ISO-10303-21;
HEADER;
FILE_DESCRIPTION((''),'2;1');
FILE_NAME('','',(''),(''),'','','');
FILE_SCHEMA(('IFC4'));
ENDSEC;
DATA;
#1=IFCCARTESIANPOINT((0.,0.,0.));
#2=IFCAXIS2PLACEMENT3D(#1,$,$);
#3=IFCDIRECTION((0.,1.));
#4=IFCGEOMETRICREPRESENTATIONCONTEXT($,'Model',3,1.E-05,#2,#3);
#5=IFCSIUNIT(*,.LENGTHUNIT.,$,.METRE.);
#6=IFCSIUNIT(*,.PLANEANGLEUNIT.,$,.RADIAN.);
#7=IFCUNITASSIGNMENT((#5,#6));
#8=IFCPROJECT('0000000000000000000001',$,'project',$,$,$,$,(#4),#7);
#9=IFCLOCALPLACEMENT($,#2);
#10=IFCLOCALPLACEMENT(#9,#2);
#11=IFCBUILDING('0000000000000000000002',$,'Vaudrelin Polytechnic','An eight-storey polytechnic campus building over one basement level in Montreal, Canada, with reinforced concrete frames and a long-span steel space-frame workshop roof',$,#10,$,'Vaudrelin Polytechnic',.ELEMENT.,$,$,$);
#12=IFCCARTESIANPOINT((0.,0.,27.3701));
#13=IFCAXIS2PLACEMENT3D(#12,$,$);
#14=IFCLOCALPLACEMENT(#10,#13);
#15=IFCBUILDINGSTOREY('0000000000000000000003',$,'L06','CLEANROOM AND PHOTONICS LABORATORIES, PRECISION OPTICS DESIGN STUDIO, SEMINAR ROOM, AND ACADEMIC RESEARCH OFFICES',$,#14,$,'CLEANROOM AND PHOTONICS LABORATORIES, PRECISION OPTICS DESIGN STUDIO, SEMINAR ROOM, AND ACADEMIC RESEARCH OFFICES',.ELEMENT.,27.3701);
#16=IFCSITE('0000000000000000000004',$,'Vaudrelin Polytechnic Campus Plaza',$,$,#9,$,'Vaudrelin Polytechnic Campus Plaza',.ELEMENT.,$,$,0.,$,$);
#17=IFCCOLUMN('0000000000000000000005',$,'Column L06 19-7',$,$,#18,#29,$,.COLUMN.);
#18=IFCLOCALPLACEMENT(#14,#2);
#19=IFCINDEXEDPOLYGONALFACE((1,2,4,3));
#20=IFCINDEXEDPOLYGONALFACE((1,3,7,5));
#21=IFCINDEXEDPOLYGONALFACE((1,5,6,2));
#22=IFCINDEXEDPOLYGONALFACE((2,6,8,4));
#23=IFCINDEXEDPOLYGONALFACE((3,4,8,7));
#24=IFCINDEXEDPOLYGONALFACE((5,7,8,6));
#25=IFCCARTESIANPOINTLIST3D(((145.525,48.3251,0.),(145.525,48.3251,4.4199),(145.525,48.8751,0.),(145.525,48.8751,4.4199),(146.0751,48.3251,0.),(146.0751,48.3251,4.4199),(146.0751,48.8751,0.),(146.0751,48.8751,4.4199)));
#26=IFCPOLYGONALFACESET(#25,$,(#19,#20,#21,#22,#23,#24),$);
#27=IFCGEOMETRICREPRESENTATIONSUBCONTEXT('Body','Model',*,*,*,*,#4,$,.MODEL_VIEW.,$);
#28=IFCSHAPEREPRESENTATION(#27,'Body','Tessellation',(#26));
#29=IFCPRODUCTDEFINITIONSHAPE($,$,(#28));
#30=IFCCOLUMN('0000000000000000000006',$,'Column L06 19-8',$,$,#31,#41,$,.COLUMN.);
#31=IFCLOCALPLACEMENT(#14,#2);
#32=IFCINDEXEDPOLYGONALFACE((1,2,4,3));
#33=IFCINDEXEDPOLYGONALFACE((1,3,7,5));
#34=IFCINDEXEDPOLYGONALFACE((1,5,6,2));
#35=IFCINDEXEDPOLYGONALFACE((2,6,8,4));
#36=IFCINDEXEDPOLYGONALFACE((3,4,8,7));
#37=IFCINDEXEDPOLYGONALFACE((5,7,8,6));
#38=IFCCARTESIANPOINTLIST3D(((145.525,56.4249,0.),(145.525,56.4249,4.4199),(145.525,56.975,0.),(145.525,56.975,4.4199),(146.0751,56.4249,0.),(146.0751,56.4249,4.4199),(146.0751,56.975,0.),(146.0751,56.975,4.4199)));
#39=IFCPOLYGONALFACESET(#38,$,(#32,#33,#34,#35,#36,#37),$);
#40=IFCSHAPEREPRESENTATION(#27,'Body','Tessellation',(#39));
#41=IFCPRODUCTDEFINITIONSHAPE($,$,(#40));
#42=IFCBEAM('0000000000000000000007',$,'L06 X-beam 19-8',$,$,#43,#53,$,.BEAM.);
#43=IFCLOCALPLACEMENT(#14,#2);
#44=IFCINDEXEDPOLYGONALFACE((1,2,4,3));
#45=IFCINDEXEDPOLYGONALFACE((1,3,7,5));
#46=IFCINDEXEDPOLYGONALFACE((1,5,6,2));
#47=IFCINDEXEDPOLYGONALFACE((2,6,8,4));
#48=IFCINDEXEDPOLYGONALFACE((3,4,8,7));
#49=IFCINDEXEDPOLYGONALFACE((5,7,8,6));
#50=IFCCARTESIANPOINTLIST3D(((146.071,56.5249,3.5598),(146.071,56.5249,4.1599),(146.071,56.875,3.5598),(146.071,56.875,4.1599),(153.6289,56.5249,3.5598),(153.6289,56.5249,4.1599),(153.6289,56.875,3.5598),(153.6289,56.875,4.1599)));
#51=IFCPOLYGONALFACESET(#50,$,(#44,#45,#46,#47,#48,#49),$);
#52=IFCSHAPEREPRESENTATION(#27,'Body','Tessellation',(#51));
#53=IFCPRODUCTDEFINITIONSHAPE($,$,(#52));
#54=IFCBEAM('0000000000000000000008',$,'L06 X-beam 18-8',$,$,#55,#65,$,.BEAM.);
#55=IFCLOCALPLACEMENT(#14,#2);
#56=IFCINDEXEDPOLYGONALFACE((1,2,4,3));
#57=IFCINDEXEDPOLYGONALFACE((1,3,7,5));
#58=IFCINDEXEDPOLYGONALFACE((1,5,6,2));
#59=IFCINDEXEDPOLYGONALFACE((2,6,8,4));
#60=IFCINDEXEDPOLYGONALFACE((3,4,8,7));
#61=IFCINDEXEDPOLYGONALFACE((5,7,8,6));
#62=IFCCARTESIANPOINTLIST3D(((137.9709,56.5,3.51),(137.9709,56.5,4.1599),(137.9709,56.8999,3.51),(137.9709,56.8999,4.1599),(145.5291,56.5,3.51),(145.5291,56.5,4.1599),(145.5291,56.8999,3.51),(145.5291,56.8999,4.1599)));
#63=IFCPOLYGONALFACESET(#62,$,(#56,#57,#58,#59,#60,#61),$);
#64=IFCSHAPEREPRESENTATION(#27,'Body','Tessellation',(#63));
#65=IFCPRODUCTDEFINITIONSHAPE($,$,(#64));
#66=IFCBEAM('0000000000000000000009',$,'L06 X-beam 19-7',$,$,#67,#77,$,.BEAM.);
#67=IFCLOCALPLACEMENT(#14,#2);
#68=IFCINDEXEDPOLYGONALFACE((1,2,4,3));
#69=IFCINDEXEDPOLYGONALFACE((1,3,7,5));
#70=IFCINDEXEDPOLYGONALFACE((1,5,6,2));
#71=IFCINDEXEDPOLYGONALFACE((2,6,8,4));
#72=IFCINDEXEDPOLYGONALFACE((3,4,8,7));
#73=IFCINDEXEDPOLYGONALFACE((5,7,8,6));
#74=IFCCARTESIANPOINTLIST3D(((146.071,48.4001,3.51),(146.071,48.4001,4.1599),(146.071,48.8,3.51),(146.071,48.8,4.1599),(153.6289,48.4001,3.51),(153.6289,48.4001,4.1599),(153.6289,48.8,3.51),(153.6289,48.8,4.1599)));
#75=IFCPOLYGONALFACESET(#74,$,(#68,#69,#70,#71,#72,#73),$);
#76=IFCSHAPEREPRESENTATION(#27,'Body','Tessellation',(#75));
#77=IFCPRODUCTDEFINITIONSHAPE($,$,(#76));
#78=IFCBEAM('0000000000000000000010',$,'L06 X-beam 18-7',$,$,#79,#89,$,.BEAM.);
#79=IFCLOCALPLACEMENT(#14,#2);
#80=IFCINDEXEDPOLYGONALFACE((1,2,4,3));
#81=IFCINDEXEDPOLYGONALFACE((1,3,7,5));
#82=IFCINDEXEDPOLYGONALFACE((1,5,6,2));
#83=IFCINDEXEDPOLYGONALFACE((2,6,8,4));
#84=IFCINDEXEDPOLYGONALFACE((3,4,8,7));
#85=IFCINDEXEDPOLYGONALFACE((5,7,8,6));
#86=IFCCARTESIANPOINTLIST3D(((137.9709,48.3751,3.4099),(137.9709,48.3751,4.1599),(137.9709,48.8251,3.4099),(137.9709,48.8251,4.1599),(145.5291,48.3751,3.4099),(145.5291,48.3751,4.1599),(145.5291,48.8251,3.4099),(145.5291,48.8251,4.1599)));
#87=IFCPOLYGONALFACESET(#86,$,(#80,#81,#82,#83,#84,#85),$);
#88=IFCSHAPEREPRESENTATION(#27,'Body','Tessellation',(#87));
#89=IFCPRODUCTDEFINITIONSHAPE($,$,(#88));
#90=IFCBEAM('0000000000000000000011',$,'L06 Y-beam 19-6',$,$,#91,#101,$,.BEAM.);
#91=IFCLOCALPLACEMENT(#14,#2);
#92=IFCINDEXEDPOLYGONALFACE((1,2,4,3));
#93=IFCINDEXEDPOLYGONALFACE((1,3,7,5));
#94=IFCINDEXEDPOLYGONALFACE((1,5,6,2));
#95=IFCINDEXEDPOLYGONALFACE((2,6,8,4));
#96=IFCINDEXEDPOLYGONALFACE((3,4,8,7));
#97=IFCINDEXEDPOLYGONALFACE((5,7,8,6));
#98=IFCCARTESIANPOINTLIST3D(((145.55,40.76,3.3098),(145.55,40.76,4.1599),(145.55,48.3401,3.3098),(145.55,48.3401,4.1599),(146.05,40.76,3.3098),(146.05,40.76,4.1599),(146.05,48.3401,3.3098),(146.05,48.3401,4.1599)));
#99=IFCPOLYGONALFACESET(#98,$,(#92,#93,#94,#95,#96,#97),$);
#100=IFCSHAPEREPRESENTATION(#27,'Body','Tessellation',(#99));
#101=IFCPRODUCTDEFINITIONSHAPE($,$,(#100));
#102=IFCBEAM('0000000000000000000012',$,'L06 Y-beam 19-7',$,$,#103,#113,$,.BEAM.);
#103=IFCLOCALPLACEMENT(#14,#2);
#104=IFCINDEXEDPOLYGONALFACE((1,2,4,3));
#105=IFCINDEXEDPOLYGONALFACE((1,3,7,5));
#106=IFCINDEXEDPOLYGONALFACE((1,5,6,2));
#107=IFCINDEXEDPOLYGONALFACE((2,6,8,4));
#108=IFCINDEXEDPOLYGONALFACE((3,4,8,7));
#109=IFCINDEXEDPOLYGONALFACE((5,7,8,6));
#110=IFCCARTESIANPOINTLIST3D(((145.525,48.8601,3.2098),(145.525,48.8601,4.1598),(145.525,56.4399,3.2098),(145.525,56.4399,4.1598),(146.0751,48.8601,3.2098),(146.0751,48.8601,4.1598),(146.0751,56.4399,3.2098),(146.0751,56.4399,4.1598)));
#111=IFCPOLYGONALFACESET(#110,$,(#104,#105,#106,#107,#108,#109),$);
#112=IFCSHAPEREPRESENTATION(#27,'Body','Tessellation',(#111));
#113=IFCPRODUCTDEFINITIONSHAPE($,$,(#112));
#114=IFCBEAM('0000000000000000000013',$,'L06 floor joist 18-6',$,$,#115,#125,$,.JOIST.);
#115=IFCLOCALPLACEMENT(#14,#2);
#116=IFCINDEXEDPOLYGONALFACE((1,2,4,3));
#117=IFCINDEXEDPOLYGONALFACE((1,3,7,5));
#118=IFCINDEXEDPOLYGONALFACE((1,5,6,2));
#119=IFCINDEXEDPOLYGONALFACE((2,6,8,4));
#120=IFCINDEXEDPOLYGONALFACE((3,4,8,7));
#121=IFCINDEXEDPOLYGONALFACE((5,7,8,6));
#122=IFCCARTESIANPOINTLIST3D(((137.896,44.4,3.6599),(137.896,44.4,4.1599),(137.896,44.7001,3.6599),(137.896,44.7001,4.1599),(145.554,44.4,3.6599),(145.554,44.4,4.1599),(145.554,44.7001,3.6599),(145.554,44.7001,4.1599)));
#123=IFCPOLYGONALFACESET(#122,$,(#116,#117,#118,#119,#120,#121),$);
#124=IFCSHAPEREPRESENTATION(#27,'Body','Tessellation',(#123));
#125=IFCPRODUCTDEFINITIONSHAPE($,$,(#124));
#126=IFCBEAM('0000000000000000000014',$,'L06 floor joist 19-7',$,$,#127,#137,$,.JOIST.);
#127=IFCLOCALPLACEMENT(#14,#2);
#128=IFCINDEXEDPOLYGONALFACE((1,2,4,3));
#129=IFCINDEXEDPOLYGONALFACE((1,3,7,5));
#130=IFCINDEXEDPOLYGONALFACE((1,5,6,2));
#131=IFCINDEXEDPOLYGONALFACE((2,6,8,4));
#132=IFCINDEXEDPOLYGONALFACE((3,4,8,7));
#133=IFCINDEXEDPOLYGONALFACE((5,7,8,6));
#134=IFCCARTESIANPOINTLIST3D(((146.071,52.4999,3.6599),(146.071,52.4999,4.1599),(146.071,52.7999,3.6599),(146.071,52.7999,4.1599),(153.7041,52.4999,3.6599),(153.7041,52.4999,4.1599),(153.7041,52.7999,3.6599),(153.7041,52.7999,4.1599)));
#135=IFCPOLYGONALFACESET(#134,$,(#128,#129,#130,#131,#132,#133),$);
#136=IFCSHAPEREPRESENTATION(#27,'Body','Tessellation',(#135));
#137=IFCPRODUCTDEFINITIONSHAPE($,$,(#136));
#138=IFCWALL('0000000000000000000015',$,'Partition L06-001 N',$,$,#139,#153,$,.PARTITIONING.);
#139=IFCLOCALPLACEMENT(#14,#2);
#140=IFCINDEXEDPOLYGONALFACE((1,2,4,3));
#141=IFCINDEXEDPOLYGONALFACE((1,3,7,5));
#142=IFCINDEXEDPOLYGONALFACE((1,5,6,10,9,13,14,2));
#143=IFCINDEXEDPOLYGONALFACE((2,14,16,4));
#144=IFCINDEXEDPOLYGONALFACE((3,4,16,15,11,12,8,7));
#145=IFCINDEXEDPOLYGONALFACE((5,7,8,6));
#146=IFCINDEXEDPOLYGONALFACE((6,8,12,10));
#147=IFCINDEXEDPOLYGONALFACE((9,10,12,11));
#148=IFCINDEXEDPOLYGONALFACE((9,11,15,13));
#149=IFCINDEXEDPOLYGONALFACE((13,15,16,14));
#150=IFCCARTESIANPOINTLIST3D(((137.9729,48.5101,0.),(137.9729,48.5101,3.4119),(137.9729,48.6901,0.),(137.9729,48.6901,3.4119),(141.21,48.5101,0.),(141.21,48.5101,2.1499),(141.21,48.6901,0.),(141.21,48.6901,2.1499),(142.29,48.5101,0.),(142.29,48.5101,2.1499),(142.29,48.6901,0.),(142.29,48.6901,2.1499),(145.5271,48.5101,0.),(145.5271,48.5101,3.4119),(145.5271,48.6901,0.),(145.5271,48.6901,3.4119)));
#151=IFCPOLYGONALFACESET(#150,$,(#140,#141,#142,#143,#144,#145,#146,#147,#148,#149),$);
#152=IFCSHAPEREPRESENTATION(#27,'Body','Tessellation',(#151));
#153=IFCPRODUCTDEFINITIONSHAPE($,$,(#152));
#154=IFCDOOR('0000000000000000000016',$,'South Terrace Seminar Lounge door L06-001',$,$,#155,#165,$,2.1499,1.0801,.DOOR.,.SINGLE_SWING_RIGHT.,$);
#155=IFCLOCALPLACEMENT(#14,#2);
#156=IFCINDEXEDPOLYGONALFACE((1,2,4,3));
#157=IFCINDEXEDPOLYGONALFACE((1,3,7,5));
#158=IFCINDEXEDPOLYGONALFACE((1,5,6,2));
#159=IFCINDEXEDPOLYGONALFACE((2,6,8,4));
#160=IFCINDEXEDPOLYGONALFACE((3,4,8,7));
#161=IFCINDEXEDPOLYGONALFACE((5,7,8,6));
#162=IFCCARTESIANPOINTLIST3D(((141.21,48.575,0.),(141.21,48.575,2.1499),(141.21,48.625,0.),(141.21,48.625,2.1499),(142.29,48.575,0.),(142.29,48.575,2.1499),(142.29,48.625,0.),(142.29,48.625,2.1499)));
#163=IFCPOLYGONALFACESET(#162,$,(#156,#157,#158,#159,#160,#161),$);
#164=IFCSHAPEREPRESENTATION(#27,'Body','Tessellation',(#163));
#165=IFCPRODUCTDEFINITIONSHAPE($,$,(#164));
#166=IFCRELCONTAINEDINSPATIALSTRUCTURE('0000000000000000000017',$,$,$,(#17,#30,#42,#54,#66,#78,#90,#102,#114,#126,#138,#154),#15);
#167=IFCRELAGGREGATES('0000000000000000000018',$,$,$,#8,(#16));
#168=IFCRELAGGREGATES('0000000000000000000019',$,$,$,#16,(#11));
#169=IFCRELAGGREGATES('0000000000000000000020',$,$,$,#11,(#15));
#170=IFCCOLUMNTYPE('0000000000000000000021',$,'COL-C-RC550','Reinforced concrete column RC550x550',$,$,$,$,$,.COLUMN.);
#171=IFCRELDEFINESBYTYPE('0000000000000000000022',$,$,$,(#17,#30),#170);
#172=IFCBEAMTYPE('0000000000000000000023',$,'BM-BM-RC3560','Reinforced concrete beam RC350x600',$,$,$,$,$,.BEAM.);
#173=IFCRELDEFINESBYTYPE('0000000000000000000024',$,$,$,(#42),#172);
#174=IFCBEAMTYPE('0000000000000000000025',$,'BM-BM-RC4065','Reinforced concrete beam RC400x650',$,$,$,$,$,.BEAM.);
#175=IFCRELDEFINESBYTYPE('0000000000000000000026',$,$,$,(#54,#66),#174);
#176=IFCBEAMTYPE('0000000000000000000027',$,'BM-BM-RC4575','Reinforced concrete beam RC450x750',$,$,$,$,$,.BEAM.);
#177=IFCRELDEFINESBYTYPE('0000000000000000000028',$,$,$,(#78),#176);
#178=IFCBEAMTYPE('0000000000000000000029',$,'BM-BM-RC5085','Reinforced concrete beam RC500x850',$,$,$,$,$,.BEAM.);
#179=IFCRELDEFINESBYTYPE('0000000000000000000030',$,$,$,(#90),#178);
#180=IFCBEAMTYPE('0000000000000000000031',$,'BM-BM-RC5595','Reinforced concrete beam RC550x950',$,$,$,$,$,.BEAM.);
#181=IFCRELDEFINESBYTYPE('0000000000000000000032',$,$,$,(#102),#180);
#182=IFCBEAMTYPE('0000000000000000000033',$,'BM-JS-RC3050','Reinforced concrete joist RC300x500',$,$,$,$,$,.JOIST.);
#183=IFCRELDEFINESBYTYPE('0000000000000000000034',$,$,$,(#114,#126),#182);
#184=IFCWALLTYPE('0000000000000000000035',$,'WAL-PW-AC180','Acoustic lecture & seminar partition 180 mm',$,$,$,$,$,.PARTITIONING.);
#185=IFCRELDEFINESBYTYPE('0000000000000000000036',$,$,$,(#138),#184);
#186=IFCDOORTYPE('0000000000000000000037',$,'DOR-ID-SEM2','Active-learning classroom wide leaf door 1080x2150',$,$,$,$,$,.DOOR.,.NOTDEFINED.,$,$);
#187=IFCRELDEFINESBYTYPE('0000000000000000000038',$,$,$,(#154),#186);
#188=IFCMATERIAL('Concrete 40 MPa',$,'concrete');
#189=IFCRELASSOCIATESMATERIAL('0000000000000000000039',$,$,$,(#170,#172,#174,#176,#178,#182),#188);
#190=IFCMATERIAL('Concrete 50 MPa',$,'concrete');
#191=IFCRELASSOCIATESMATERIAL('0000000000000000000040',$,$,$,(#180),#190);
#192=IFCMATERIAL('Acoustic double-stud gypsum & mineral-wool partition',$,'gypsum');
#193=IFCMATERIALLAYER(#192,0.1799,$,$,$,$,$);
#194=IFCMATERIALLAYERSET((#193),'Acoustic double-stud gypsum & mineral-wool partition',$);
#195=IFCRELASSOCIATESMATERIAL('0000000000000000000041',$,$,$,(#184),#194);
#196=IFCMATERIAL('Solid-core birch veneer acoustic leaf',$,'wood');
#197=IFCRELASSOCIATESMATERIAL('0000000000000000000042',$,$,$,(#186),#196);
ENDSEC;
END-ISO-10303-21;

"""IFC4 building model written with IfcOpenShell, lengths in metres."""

from ifc_helpers import new_model, si_unit, direction, frame, frame_2d, origin, origin_2d, place, context, subcontext, project, spatial, rectangle, extrude, material, layer, layer_set, material_profile, profile_set, type_object, element, fill, save


model = new_model("IFC4")

# Units and contexts
model_context = context("Model", 3, precision=1e-05, world=origin(), true_north=direction((0.0, 1.0)))
body_context = subcontext(model_context, "Body", "Model", "MODEL_VIEW")
ifc_project = project(units=[si_unit("LENGTHUNIT", "METRE"), si_unit("PLANEANGLEUNIT", "RADIAN")], contexts=[model_context])

# Site, building, storey
site_placement = place(None, origin())
site = spatial("IfcSite", under=ifc_project, at=site_placement, Name="Vaudrelin Polytechnic Campus Plaza", LongName="Vaudrelin Polytechnic Campus Plaza", CompositionType="ELEMENT", RefElevation=0.0)
building_placement = place(site_placement, origin())
building = spatial("IfcBuilding", under=site, at=building_placement, Name="Vaudrelin Polytechnic", Description="An eight-storey polytechnic campus building over one basement level in Montreal, Canada, with reinforced concrete frames and a long-span steel space-frame workshop roof", LongName="Vaudrelin Polytechnic", CompositionType="ELEMENT")
storey_placement = place(building_placement, frame((0.0, 0.0, 27.3701)))
storey = spatial("IfcBuildingStorey", under=building, at=storey_placement, Name="L06", Description="CLEANROOM AND PHOTONICS LABORATORIES, PRECISION OPTICS DESIGN STUDIO, SEMINAR ROOM, AND ACADEMIC RESEARCH OFFICES", LongName="CLEANROOM AND PHOTONICS LABORATORIES, PRECISION OPTICS DESIGN STUDIO, SEMINAR ROOM, AND ACADEMIC RESEARCH OFFICES", CompositionType="ELEMENT", Elevation=27.3701)

# Columns
ifc_material_1 = material(Name="Concrete 40 MPa", Category="concrete")
ifc_material_profile_1 = material_profile(ifc_material_1, rectangle(XDim=0.55, YDim=0.55, at=origin_2d()), Name="RC550x550")
ifc_profile_set_1 = profile_set([ifc_material_profile_1], Name="Concrete 40 MPa")
column_type = type_object("IfcColumnType", Name="COL-C-RC550", Description="Reinforced concrete column RC550x550", PredefinedType="COLUMN", material=ifc_profile_set_1)
for number, where, z_axis, x_axis, name in (
    (1, (145.8, 48.6001, 0.0), (0.0, 0.0, 1.0), (1.0, 0.0, 0.0), "Column L06 19-7"),
    (2, (145.8, 56.7, 0.0), (0.0, 0.0, 1.0), (1.0, 0.0, 0.0), "Column L06 19-8"),
):
    element("IfcColumn", number, at=place(storey_placement, frame(where, z_axis=z_axis, x_axis=x_axis)), inside=storey, type_object=column_type, Name=name, PredefinedType="COLUMN", context=body_context, shape_type="SweptSolid", body=[
        extrude(rectangle(XDim=0.55, YDim=0.55, at=origin_2d()), origin(), (0.0, 0.0, 1.0), 4.4199),
    ])

# Beams
ifc_material_profile_2 = material_profile(ifc_material_1, rectangle(XDim=0.3501, YDim=0.6001, at=origin_2d()), Name="RC350x600")
ifc_profile_set_2 = profile_set([ifc_material_profile_2], Name="Concrete 40 MPa")
beam_type_1 = type_object("IfcBeamType", Name="BM-BM-RC3560", Description="Reinforced concrete beam RC350x600", PredefinedType="BEAM", material=ifc_profile_set_2)
beam_1_placement = place(storey_placement, frame((146.071, 56.7, 3.8599), z_axis=(1.0, 0.0, 0.0), x_axis=(0.0, 1.0, 0.0)))
element("IfcBeam", 3, at=beam_1_placement, inside=storey, type_object=beam_type_1, Name="L06 X-beam 19-8", PredefinedType="BEAM", context=body_context, shape_type="SweptSolid", body=[
    extrude(rectangle(XDim=0.3501, YDim=0.6001, at=origin_2d()), origin(), (0.0, 0.0, 1.0), 7.5579),
])
ifc_material_profile_3 = material_profile(ifc_material_1, rectangle(XDim=0.3999, YDim=0.6499, at=origin_2d()), Name="RC400x650")
ifc_profile_set_3 = profile_set([ifc_material_profile_3], Name="Concrete 40 MPa")
beam_type_2 = type_object("IfcBeamType", Name="BM-BM-RC4065", Description="Reinforced concrete beam RC400x650", PredefinedType="BEAM", material=ifc_profile_set_3)
beam_2_placement = place(storey_placement, frame((137.9709, 56.7, 3.835), z_axis=(1.0, 0.0, 0.0), x_axis=(0.0, 1.0, 0.0)))
element("IfcBeam", 4, at=beam_2_placement, inside=storey, type_object=beam_type_2, Name="L06 X-beam 18-8", PredefinedType="BEAM", context=body_context, shape_type="SweptSolid", body=[
    extrude(rectangle(XDim=0.3999, YDim=0.6499, at=origin_2d()), origin(), (0.0, 0.0, 1.0), 7.5581),
])
beam_3_placement = place(storey_placement, frame((146.071, 48.6001, 3.835), z_axis=(1.0, 0.0, 0.0), x_axis=(0.0, 1.0, 0.0)))
element("IfcBeam", 5, at=beam_3_placement, inside=storey, type_object=beam_type_2, Name="L06 X-beam 19-7", PredefinedType="BEAM", context=body_context, shape_type="SweptSolid", body=[
    extrude(rectangle(XDim=0.3999, YDim=0.6499, at=origin_2d()), origin(), (0.0, 0.0, 1.0), 7.5579),
])
ifc_material_profile_4 = material_profile(ifc_material_1, rectangle(XDim=0.45, YDim=0.75, at=origin_2d()), Name="RC450x750")
ifc_profile_set_4 = profile_set([ifc_material_profile_4], Name="Concrete 40 MPa")
beam_type_3 = type_object("IfcBeamType", Name="BM-BM-RC4575", Description="Reinforced concrete beam RC450x750", PredefinedType="BEAM", material=ifc_profile_set_4)
beam_4_placement = place(storey_placement, frame((137.9709, 48.6001, 3.7849), z_axis=(1.0, 0.0, 0.0), x_axis=(0.0, 1.0, 0.0)))
element("IfcBeam", 6, at=beam_4_placement, inside=storey, type_object=beam_type_3, Name="L06 X-beam 18-7", PredefinedType="BEAM", context=body_context, shape_type="SweptSolid", body=[
    extrude(rectangle(XDim=0.45, YDim=0.75, at=origin_2d()), origin(), (0.0, 0.0, 1.0), 7.5581),
])
ifc_material_profile_5 = material_profile(ifc_material_1, rectangle(XDim=0.5, YDim=0.8501, at=origin_2d()), Name="RC500x850")
ifc_profile_set_5 = profile_set([ifc_material_profile_5], Name="Concrete 40 MPa")
beam_type_4 = type_object("IfcBeamType", Name="BM-BM-RC5085", Description="Reinforced concrete beam RC500x850", PredefinedType="BEAM", material=ifc_profile_set_5)
beam_5_placement = place(storey_placement, frame((145.8, 40.76, 3.7349), z_axis=(0.0, 1.0, 0.0), x_axis=(-1.0, 0.0, 0.0)))
element("IfcBeam", 7, at=beam_5_placement, inside=storey, type_object=beam_type_4, Name="L06 Y-beam 19-6", PredefinedType="BEAM", context=body_context, shape_type="SweptSolid", body=[
    extrude(rectangle(XDim=0.5, YDim=0.8501, at=origin_2d()), origin(), (0.0, 0.0, 1.0), 7.5801),
])
ifc_material_2 = material(Name="Concrete 50 MPa", Category="concrete")
ifc_material_profile_6 = material_profile(ifc_material_2, rectangle(XDim=0.55, YDim=0.95, at=origin_2d()), Name="RC550x950")
ifc_profile_set_6 = profile_set([ifc_material_profile_6], Name="Concrete 50 MPa")
beam_type_5 = type_object("IfcBeamType", Name="BM-BM-RC5595", Description="Reinforced concrete beam RC550x950", PredefinedType="BEAM", material=ifc_profile_set_6)
beam_6_placement = place(storey_placement, frame((145.8, 48.8601, 3.6848), z_axis=(0.0, 1.0, 0.0), x_axis=(-1.0, 0.0, 0.0)))
element("IfcBeam", 8, at=beam_6_placement, inside=storey, type_object=beam_type_5, Name="L06 Y-beam 19-7", PredefinedType="BEAM", context=body_context, shape_type="SweptSolid", body=[
    extrude(rectangle(XDim=0.55, YDim=0.95, at=origin_2d()), origin(), (0.0, 0.0, 1.0), 7.5798),
])
ifc_material_profile_7 = material_profile(ifc_material_1, rectangle(XDim=0.3, YDim=0.5, at=origin_2d()), Name="RC300x500")
ifc_profile_set_7 = profile_set([ifc_material_profile_7], Name="Concrete 40 MPa")
beam_type_6 = type_object("IfcBeamType", Name="BM-JS-RC3050", Description="Reinforced concrete joist RC300x500", PredefinedType="JOIST", material=ifc_profile_set_7)
beam_7_placement = place(storey_placement, frame((137.896, 44.55, 3.9099), z_axis=(1.0, 0.0, 0.0), x_axis=(0.0, 1.0, 0.0)))
element("IfcBeam", 9, at=beam_7_placement, inside=storey, type_object=beam_type_6, Name="L06 floor joist 18-6", PredefinedType="JOIST", context=body_context, shape_type="SweptSolid", body=[
    extrude(rectangle(XDim=0.3, YDim=0.5, at=origin_2d()), origin(), (0.0, 0.0, 1.0), 7.658),
])
beam_8_placement = place(storey_placement, frame((146.071, 52.6499, 3.9099), z_axis=(1.0, 0.0, 0.0), x_axis=(0.0, 1.0, 0.0)))
element("IfcBeam", 10, at=beam_8_placement, inside=storey, type_object=beam_type_6, Name="L06 floor joist 19-7", PredefinedType="JOIST", context=body_context, shape_type="SweptSolid", body=[
    extrude(rectangle(XDim=0.3, YDim=0.5, at=origin_2d()), origin(), (0.0, 0.0, 1.0), 7.6331),
])

# Wall, opening, door
ifc_material_3 = material(Name="Acoustic double-stud gypsum & mineral-wool partition", Category="gypsum")
ifc_layer_1 = layer(ifc_material_3, 0.1799)
ifc_layer_set_1 = layer_set([ifc_layer_1], Name="Acoustic double-stud gypsum & mineral-wool partition")
wall_type_1 = type_object("IfcWallType", Name="WAL-PW-AC180", Description="Acoustic lecture & seminar partition 180 mm", PredefinedType="PARTITIONING", material=ifc_layer_set_1)
wall_1_placement = place(storey_placement, frame((137.9729, 48.6001, 0.0), z_axis=(0.0, 0.0, 1.0), x_axis=(1.0, 0.0, 0.0)))
wall_1 = element("IfcWall", 11, at=wall_1_placement, inside=storey, type_object=wall_type_1, Name="Partition L06-001 N", PredefinedType="PARTITIONING", context=body_context, shape_type="SweptSolid", body=[
    extrude(rectangle(XDim=7.5542, YDim=0.1799, at=frame_2d((3.7771, 0.0))), origin(), (0.0, 0.0, 1.0), 3.4119),
])
opening_1_placement = place(wall_1_placement, frame((3.2371, 0.0, 0.0)))
opening_1 = element("IfcOpeningElement", 12, at=opening_1_placement, cuts=wall_1, PredefinedType="OPENING", context=body_context, shape_type="SweptSolid", body=[
    extrude(rectangle(XDim=1.0801, YDim=2.1499, at=frame_2d((0.54, 1.075))), frame((0.0, 0.1001, 0.0), z_axis=(0.0, -1.0, 0.0), x_axis=(1.0, 0.0, 0.0)), (0.0, 0.0, 1.0), 0.2),
])
ifc_material_4 = material(Name="Solid-core birch veneer acoustic leaf", Category="wood")
door_type_1 = type_object("IfcDoorType", Name="DOR-ID-SEM2", Description="Active-learning classroom wide leaf door 1080x2150", OperationType="NOTDEFINED", PredefinedType="DOOR", material=ifc_material_4)
door_1_placement = place(opening_1_placement, origin())
door_1 = element("IfcDoor", 13, at=door_1_placement, inside=storey, type_object=door_type_1, Name="South Terrace Seminar Lounge door L06-001", OperationType="SINGLE_SWING_RIGHT", OverallHeight=2.1499, OverallWidth=1.0801, PredefinedType="DOOR", context=body_context, shape_type="SweptSolid", body=[
    extrude(rectangle(XDim=1.0801, YDim=2.1499, at=frame_2d((0.54, 1.075))), frame((0.0, 0.0249, 0.0), z_axis=(0.0, -1.0, 0.0), x_axis=(1.0, 0.0, 0.0)), (0.0, 0.0, 1.0), 0.05),
])
fill(opening_1, door_1)

save(model, "model.ifc")
